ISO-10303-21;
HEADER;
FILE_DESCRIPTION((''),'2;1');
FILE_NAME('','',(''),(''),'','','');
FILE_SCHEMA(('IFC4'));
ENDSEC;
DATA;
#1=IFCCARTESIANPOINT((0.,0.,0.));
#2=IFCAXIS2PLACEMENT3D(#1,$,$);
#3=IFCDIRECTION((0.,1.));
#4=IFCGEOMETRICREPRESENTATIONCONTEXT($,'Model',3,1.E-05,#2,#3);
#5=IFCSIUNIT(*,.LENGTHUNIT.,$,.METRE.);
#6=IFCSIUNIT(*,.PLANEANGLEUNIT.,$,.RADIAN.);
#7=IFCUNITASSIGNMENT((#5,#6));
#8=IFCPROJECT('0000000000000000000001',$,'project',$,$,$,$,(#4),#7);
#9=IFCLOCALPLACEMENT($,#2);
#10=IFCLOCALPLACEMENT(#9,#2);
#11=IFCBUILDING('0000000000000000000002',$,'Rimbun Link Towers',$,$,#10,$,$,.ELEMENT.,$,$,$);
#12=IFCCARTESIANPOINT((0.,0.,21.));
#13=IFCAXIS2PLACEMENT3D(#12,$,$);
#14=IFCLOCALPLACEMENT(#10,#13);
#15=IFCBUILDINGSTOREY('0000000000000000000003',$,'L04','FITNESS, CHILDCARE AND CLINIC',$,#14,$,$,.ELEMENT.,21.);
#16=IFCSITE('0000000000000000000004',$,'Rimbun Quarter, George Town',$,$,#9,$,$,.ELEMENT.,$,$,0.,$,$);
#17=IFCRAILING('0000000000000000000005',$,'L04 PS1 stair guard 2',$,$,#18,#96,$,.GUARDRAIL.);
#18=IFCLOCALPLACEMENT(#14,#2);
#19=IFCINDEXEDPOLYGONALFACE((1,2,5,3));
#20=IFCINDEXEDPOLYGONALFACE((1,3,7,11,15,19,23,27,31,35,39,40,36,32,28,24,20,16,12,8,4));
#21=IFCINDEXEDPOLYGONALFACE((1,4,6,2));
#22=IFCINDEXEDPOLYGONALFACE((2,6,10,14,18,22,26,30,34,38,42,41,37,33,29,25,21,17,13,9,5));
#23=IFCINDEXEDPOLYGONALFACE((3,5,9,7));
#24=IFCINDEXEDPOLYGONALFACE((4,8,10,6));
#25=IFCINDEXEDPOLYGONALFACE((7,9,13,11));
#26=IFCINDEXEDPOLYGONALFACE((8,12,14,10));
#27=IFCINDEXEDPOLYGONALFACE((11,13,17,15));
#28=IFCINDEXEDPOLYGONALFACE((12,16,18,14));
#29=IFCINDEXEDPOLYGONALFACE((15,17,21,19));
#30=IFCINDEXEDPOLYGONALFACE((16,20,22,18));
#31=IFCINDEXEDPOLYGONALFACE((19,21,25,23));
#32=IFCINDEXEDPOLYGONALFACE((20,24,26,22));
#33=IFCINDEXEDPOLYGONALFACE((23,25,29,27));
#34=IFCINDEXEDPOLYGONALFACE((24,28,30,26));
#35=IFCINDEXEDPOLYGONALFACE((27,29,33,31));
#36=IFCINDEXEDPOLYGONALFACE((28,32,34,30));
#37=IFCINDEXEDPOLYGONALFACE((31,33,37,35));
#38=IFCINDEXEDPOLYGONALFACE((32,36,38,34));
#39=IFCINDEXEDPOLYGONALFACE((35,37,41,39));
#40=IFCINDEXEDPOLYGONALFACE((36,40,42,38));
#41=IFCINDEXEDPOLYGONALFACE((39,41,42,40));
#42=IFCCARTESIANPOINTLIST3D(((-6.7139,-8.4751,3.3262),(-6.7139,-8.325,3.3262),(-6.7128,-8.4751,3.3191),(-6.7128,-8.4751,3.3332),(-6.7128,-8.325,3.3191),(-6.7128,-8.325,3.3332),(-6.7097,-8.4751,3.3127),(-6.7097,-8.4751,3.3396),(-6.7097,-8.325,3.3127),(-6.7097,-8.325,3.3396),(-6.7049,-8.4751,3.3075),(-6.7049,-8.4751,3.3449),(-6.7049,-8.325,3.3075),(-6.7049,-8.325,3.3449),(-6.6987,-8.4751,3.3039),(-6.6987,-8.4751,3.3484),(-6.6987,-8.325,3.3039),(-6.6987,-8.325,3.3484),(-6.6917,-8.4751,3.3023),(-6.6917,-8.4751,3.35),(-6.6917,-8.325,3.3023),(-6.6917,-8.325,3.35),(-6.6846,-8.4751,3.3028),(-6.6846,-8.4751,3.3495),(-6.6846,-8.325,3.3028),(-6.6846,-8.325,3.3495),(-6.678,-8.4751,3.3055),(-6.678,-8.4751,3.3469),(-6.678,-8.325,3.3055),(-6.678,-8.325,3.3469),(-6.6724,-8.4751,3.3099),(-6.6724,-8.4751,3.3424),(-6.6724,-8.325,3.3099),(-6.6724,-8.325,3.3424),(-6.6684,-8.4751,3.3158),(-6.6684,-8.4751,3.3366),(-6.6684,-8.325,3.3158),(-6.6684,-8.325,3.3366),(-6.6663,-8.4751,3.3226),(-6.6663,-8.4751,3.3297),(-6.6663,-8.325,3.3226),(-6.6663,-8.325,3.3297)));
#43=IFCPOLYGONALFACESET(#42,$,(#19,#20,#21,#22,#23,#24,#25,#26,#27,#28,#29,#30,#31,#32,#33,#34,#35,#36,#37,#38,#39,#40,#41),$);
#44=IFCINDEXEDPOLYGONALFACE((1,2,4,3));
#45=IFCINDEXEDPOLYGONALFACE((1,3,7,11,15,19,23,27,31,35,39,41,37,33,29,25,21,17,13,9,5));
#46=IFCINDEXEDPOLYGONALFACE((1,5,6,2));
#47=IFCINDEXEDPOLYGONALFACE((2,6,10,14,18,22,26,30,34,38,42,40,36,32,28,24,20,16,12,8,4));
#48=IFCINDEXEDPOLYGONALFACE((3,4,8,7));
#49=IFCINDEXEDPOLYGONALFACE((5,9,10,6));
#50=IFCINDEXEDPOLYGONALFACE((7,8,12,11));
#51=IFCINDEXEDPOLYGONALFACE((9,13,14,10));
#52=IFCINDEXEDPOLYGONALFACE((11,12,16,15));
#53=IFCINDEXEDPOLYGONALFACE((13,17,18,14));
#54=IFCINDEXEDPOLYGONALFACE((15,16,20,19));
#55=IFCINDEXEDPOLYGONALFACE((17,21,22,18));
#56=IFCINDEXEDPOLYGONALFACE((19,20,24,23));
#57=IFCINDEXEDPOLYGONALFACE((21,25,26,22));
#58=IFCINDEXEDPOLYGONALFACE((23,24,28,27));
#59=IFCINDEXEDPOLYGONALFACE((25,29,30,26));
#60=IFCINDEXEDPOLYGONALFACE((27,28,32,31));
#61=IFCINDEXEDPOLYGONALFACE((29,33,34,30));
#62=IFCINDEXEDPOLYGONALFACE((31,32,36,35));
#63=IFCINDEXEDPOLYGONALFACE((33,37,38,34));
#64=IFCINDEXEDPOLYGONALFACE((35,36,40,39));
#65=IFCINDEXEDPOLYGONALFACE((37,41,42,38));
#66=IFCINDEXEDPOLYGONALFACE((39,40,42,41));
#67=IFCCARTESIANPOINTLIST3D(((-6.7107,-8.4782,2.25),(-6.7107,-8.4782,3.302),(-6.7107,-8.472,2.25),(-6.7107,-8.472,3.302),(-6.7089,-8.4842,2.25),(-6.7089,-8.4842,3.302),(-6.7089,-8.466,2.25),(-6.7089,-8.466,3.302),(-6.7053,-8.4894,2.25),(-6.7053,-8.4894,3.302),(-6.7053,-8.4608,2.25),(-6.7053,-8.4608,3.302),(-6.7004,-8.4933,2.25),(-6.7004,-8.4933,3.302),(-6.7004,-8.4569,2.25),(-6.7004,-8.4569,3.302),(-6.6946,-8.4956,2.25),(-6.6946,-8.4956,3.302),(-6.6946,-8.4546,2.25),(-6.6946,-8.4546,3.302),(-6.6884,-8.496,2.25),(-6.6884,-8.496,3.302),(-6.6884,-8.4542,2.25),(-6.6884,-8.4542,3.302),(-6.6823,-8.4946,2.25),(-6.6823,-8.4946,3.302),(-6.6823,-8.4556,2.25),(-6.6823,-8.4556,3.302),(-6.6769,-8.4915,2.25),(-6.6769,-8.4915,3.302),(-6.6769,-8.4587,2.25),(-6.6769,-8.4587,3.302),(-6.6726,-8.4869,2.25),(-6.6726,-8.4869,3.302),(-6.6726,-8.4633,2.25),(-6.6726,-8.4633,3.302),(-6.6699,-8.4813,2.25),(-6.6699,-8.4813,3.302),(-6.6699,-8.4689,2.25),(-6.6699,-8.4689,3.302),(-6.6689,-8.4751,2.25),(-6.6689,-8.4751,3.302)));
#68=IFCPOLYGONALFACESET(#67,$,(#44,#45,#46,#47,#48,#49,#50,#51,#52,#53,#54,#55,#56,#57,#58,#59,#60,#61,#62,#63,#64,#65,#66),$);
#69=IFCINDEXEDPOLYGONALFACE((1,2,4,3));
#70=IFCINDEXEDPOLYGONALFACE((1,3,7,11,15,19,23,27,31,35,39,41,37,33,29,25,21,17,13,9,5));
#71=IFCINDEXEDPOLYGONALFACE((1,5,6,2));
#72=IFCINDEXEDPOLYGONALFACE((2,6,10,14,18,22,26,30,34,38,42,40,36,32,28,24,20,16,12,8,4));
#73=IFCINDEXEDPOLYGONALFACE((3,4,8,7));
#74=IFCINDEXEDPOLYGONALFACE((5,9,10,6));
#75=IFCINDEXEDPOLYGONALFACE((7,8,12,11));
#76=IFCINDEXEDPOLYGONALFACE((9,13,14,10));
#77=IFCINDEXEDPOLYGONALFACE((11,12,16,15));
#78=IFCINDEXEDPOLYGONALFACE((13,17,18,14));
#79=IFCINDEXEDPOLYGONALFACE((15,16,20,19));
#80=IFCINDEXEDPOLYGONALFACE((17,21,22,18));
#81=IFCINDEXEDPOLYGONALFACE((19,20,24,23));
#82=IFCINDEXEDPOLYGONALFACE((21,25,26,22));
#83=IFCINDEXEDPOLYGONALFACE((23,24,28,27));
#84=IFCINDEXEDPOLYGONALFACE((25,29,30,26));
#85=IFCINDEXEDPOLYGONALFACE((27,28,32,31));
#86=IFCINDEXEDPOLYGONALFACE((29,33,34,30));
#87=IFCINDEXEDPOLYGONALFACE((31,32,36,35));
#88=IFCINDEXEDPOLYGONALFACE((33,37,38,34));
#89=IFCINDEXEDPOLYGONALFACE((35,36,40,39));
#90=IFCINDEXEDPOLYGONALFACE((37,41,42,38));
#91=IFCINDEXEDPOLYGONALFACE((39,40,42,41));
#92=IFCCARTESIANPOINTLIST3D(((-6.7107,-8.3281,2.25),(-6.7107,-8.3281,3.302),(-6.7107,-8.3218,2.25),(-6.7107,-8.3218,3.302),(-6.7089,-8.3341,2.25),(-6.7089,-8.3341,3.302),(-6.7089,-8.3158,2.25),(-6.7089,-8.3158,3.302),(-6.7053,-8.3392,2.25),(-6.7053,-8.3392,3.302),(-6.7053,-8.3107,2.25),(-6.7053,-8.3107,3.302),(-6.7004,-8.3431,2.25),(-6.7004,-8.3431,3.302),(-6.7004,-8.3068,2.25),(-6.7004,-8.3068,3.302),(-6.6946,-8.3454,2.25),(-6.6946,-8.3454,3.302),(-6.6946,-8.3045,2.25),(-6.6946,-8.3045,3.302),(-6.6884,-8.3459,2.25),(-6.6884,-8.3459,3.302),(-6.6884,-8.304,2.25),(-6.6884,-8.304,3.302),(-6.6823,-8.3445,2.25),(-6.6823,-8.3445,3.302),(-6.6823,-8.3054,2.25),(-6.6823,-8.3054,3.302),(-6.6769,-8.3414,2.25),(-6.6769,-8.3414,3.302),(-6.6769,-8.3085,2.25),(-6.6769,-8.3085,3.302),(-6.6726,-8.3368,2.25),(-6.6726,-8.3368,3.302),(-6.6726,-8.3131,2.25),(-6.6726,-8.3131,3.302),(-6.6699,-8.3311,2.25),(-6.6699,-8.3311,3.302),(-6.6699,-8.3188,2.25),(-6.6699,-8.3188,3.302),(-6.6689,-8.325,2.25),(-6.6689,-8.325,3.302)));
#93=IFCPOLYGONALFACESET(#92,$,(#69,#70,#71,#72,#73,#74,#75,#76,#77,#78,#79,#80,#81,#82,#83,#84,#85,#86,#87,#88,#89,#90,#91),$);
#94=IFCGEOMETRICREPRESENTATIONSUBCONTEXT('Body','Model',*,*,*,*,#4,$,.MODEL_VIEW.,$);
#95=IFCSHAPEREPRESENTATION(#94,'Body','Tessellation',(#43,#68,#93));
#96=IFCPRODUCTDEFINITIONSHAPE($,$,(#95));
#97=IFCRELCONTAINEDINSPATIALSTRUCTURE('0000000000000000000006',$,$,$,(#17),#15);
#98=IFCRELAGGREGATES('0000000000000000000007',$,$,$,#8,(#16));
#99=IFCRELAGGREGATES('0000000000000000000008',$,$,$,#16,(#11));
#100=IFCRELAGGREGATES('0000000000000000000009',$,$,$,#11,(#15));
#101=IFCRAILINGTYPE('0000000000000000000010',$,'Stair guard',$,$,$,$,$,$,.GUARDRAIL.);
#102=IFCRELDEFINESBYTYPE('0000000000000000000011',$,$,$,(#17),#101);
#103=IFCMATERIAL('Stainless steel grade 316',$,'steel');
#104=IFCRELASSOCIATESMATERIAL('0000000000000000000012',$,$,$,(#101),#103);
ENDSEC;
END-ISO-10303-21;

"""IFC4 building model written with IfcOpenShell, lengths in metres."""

from ifc_helpers import new_model, si_unit, direction, frame, origin, origin_2d, place, context, subcontext, project, spatial, circle, extrude, material, type_object, element, save


model = new_model("IFC4")

# Units and contexts
model_context = context("Model", 3, precision=1e-05, world=origin(), true_north=direction((0.0, 1.0)))
body_context = subcontext(model_context, "Body", "Model", "MODEL_VIEW")
ifc_project = project(units=[si_unit("LENGTHUNIT", "METRE"), si_unit("PLANEANGLEUNIT", "RADIAN")], contexts=[model_context])

# Site, building, storey
site_placement = place(None, origin())
site = spatial("IfcSite", under=ifc_project, at=site_placement, Name="Rimbun Quarter, George Town", CompositionType="ELEMENT", RefElevation=0.0)
building_placement = place(site_placement, origin())
building = spatial("IfcBuilding", under=site, at=building_placement, Name="Rimbun Link Towers", CompositionType="ELEMENT")
storey_placement = place(building_placement, frame((0.0, 0.0, 21.0)))
storey = spatial("IfcBuildingStorey", under=building, at=storey_placement, Name="L04", Description="FITNESS, CHILDCARE AND CLINIC", CompositionType="ELEMENT", Elevation=21.0)

# Railing
ifc_material_1 = material(Name="Stainless steel grade 316", Category="steel")
railing_type_1 = type_object("IfcRailingType", Name="Stair guard", PredefinedType="GUARDRAIL", material=ifc_material_1)
railing_1_placement = place(storey_placement, frame((-6.6899, -8.4751, 2.25)))
element("IfcRailing", 1, at=railing_1_placement, inside=storey, type_object=railing_type_1, Name="L04 PS1 stair guard 2", PredefinedType="GUARDRAIL", context=body_context, shape_type="SweptSolid", body=[
    extrude(circle(Radius=0.0239, at=origin_2d()), frame((0.0, 0.0, 1.0762), z_axis=(0.0, 1.0, 0.0), x_axis=(-1.0, 0.0, 0.0)), (0.0, 0.0, 1.0), 0.1501),
    extrude(circle(Radius=0.021, at=origin_2d()), origin(), (0.0, 0.0, 1.0), 1.052),
    extrude(circle(Radius=0.021, at=origin_2d()), frame((0.0, 0.1501, 0.0)), (0.0, 0.0, 1.0), 1.052),
])

save(model, "model.ifc")
